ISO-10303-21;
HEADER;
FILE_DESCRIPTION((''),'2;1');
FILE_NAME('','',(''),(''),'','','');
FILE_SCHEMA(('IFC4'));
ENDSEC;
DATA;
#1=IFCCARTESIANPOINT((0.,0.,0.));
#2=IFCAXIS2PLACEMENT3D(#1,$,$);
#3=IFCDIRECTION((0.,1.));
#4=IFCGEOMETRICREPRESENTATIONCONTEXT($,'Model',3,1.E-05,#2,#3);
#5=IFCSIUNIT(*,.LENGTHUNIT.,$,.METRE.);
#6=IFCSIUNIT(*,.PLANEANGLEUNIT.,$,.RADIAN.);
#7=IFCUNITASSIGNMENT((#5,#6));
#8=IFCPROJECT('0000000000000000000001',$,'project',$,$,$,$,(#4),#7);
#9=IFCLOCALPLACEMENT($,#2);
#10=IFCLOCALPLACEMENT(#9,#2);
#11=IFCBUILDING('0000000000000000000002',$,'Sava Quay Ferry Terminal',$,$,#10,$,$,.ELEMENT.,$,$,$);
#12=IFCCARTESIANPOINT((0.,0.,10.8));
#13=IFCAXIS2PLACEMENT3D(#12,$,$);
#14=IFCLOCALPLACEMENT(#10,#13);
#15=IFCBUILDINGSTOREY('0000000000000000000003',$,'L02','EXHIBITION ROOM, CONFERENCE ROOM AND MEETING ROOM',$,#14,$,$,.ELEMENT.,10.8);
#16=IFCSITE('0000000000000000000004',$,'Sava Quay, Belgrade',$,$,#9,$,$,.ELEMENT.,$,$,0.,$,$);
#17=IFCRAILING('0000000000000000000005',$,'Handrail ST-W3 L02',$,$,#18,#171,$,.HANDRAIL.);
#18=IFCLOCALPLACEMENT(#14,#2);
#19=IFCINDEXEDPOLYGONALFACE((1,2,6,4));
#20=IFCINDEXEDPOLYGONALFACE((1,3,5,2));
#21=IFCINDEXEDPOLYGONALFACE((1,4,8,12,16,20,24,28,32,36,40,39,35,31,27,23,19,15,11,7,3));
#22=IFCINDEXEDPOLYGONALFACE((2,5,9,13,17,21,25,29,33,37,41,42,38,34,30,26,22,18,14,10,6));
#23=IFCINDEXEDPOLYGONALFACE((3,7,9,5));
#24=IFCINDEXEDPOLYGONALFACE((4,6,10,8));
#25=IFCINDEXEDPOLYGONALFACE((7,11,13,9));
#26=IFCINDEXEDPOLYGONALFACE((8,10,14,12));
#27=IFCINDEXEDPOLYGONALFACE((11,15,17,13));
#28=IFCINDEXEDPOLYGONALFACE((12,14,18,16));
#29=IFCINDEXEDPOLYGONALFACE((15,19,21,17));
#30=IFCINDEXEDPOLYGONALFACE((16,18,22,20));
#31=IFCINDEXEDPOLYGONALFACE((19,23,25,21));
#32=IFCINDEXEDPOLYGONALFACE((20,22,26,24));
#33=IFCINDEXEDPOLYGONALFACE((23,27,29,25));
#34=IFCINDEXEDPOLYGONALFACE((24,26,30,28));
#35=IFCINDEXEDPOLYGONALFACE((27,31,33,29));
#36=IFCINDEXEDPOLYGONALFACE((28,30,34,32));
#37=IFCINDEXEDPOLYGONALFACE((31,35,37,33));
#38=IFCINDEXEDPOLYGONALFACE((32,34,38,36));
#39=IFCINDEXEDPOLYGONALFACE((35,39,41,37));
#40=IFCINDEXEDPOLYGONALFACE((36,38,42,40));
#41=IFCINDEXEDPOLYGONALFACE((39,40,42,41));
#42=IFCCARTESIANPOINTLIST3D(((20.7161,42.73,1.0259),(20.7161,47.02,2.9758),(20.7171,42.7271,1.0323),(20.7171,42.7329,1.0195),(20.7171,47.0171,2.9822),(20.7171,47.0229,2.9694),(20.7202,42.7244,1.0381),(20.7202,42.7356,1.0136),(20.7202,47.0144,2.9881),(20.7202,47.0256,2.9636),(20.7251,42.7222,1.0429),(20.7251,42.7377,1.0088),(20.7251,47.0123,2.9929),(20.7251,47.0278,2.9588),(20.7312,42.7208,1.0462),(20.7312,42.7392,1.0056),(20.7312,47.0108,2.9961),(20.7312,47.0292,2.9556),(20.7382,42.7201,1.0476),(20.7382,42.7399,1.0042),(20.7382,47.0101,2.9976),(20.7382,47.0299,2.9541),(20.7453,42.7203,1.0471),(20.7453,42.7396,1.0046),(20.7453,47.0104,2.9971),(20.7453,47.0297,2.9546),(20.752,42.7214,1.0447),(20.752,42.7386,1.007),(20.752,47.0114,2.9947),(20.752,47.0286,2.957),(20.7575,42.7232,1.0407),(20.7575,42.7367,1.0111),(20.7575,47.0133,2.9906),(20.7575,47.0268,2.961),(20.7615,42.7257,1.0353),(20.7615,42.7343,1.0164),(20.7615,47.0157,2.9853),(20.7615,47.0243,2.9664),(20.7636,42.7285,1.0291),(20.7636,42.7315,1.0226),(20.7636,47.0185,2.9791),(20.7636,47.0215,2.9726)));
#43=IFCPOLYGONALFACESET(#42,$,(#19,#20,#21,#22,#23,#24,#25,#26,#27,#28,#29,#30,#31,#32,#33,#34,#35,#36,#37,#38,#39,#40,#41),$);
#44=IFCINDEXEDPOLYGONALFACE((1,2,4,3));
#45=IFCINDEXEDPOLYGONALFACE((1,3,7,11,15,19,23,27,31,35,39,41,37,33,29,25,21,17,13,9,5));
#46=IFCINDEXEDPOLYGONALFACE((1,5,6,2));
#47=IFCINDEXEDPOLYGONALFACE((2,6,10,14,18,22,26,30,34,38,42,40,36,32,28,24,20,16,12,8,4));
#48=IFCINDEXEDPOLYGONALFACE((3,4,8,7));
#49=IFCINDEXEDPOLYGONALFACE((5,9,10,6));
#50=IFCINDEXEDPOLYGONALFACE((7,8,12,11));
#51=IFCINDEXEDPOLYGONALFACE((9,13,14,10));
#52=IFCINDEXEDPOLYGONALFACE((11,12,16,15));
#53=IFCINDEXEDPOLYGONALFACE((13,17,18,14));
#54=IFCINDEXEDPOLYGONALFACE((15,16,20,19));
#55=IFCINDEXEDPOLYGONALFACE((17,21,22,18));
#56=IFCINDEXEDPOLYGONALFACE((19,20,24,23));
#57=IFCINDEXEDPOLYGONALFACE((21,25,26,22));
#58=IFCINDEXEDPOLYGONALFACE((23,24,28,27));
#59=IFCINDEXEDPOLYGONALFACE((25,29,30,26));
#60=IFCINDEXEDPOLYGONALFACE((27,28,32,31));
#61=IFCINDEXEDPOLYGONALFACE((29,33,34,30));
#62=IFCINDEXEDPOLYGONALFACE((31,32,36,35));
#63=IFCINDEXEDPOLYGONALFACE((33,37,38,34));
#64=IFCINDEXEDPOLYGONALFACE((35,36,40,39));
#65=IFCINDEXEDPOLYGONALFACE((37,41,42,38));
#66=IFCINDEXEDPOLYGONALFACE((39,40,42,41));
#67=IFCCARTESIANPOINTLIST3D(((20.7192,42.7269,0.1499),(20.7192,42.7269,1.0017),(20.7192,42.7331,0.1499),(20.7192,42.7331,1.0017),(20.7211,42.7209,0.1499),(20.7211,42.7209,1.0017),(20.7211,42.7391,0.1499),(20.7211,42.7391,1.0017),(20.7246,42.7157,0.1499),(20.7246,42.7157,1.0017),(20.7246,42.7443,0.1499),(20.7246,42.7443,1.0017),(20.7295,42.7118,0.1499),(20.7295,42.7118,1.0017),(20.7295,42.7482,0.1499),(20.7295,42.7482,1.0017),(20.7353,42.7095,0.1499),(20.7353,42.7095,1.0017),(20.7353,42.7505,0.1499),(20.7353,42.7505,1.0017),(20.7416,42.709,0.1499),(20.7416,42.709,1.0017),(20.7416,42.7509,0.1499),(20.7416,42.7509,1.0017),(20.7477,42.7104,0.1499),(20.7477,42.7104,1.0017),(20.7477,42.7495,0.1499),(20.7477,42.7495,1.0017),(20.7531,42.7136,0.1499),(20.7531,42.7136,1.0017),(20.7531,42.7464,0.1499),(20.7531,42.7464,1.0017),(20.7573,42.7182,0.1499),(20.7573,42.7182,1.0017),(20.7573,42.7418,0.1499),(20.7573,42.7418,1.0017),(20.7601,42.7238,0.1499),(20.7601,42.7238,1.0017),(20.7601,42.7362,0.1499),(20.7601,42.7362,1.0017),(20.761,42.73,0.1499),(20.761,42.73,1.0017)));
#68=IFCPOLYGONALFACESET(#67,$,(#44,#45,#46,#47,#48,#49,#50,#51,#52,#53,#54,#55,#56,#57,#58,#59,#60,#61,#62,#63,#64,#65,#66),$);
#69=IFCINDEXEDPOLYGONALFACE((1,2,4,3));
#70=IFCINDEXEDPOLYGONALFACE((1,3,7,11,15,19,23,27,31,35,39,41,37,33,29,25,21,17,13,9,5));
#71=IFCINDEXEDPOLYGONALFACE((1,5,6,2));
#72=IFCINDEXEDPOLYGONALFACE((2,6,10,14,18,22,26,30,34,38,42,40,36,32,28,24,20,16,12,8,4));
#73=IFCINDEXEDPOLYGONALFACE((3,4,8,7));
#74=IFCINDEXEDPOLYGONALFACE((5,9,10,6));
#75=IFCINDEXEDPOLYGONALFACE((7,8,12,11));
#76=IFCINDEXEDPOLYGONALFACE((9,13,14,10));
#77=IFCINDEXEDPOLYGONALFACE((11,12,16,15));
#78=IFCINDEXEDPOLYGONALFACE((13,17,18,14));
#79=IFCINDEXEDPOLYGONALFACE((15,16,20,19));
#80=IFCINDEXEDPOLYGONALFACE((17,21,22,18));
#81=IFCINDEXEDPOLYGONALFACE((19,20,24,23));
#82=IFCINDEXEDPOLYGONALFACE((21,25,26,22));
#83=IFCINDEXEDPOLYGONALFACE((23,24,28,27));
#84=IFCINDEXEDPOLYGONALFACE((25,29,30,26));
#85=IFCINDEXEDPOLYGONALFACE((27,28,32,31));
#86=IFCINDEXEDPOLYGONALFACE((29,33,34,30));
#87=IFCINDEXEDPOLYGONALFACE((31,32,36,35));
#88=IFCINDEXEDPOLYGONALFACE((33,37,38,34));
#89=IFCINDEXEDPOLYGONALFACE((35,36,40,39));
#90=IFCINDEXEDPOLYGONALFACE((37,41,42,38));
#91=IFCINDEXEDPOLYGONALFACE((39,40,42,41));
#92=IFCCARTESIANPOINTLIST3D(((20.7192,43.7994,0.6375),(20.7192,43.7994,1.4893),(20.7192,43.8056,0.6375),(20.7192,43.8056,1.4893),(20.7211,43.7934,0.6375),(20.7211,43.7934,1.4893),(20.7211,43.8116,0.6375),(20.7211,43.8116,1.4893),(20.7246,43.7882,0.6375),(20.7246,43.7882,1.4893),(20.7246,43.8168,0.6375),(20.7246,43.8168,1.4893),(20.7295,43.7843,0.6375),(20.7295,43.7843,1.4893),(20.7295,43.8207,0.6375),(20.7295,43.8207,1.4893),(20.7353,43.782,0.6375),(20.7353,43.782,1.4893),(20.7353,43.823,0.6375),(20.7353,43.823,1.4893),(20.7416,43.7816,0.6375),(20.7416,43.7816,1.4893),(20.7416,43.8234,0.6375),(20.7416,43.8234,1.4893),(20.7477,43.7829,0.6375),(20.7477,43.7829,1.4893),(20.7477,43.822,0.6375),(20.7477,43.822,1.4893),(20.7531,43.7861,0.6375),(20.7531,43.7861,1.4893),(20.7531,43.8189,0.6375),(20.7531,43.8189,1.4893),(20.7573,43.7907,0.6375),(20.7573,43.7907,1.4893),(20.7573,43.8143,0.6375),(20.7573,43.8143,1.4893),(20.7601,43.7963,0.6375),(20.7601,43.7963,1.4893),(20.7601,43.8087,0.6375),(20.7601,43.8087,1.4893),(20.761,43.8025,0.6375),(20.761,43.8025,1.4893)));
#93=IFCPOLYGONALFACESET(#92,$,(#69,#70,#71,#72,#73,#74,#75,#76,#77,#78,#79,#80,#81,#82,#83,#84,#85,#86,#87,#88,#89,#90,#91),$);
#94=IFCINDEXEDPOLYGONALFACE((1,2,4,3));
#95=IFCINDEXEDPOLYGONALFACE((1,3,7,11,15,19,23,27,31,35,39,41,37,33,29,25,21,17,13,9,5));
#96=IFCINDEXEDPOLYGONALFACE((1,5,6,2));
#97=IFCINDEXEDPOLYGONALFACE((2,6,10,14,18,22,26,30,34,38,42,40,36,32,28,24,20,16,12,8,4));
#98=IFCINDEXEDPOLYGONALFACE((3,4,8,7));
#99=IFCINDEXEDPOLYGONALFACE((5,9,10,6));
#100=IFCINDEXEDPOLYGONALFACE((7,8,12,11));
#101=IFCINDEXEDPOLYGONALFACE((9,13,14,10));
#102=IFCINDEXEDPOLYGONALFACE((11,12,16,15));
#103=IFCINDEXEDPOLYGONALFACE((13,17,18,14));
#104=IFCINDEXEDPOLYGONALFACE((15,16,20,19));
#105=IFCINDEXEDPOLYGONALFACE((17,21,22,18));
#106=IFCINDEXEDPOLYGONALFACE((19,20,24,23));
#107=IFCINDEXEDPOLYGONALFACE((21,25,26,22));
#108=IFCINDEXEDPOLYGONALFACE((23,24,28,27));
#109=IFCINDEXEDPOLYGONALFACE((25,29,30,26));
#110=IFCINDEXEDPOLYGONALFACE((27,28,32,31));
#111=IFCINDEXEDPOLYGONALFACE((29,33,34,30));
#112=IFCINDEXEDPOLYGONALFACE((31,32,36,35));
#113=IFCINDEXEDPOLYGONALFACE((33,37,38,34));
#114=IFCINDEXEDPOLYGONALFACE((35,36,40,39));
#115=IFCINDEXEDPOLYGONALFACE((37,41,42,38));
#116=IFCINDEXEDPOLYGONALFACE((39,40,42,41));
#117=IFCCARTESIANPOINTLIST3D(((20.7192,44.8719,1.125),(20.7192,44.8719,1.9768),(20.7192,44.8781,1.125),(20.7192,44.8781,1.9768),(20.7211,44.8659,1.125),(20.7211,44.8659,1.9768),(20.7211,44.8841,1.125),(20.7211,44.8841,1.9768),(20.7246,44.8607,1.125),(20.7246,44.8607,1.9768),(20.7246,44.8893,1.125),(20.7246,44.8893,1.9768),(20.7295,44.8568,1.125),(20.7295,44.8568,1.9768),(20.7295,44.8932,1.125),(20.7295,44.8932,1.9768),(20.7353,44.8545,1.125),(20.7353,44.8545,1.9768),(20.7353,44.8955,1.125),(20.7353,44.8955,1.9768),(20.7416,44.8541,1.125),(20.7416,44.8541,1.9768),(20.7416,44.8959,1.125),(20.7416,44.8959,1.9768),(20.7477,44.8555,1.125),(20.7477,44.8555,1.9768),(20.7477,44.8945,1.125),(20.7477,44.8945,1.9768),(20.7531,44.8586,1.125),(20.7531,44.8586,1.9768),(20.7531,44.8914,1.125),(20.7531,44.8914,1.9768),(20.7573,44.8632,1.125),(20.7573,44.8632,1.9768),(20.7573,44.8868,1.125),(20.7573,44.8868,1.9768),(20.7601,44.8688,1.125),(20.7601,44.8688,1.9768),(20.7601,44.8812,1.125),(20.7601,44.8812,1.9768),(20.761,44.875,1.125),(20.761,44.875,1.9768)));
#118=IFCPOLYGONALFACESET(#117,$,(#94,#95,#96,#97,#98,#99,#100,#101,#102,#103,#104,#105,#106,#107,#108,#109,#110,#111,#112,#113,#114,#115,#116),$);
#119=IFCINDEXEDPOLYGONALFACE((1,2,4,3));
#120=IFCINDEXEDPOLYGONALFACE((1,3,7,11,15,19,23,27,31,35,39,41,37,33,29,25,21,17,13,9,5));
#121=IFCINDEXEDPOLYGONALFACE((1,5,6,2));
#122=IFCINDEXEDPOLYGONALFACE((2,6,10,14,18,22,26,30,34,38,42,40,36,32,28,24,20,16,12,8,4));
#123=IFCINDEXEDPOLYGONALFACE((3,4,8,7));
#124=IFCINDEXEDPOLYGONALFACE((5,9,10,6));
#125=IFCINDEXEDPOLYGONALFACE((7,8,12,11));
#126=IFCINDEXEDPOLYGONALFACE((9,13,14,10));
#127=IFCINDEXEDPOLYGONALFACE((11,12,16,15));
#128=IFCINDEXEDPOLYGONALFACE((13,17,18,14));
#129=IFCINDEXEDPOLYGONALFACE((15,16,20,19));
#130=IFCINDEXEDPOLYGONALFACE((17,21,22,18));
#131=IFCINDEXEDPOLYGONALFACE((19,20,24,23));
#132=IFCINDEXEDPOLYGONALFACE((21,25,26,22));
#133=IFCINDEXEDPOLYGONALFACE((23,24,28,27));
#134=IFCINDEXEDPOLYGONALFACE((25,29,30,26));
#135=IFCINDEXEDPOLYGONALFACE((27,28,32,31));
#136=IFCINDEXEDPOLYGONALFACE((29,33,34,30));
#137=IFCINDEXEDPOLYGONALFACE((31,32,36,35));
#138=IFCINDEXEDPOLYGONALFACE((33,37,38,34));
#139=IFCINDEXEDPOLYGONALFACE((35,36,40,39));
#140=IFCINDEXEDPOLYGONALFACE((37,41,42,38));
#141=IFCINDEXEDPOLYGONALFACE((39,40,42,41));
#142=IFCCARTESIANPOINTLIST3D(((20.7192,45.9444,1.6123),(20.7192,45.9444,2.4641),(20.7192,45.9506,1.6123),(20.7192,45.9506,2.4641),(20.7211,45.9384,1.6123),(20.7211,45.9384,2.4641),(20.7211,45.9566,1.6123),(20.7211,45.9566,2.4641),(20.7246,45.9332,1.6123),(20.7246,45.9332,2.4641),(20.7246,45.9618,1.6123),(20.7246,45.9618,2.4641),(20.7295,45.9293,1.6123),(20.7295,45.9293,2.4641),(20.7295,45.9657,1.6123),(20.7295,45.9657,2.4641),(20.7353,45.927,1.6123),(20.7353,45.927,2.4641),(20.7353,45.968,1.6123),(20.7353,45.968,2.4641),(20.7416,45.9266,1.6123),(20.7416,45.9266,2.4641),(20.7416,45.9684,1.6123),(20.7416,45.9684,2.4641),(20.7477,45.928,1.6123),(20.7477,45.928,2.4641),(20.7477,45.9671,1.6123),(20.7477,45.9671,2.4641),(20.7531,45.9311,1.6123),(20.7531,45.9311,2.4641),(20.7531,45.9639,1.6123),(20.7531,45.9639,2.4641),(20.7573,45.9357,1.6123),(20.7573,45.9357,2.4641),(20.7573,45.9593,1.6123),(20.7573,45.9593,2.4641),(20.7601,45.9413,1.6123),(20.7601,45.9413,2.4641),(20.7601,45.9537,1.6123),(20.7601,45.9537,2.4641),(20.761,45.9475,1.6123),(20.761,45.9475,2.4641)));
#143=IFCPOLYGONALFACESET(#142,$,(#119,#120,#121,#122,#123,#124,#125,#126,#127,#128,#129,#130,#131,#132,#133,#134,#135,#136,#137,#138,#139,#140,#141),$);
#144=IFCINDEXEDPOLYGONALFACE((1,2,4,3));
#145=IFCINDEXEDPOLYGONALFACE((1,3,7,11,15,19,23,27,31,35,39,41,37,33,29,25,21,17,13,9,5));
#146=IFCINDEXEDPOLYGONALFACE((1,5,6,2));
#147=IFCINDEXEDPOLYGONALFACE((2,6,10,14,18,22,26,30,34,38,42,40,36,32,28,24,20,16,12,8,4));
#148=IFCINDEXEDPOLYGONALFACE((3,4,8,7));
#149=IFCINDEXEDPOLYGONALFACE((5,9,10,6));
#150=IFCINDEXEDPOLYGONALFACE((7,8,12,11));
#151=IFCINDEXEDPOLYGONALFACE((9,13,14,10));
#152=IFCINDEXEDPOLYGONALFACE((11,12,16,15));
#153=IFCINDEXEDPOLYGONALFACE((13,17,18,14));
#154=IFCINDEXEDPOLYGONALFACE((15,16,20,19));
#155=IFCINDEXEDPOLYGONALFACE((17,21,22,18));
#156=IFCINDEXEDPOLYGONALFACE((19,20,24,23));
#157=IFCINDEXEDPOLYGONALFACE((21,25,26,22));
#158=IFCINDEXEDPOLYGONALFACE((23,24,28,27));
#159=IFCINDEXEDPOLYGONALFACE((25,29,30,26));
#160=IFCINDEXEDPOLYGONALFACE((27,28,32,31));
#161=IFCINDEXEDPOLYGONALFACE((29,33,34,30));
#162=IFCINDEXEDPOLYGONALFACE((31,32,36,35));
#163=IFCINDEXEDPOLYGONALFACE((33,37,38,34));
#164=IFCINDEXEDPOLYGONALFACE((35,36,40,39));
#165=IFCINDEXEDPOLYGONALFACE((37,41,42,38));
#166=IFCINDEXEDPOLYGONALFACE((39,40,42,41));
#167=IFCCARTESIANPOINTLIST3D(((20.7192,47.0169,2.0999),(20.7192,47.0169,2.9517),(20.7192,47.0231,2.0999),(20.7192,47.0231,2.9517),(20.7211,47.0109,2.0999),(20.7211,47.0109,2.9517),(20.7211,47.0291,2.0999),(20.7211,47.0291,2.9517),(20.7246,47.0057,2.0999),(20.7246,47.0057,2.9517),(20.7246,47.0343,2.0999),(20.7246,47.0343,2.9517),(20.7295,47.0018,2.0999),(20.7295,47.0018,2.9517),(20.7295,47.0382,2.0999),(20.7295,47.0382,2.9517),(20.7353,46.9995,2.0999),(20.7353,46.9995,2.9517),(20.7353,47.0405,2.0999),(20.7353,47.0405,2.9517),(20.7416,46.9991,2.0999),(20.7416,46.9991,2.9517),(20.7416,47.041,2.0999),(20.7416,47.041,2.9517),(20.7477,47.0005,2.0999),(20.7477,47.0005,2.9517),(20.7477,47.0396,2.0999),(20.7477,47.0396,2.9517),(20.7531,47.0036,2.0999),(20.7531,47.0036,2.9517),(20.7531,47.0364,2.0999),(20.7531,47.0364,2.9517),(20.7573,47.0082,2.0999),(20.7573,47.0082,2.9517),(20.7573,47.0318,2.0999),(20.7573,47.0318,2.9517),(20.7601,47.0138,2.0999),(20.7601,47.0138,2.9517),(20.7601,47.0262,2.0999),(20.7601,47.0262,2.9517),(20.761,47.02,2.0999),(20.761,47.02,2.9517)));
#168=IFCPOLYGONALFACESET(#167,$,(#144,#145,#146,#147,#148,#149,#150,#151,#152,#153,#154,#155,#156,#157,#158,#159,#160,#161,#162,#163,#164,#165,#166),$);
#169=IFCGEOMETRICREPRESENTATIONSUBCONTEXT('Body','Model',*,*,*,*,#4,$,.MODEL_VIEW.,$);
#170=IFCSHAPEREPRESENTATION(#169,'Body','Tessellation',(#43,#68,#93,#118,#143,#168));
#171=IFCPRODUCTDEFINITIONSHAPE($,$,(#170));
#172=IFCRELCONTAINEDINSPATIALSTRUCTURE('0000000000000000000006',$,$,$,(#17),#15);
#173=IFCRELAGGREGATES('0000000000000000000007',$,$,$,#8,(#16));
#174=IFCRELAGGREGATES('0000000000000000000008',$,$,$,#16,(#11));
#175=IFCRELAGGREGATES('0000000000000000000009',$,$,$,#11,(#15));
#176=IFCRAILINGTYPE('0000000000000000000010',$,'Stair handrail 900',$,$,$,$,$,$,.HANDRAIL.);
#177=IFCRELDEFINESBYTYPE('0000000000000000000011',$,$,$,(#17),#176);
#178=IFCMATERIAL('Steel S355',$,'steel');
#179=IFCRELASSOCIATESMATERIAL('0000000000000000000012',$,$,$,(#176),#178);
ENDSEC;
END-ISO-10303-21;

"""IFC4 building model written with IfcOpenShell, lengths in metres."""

from ifc_helpers import new_model, si_unit, direction, frame, origin, origin_2d, place, context, subcontext, project, spatial, circle, extrude, material, type_object, element, save


model = new_model("IFC4")

# Units and contexts
model_context = context("Model", 3, precision=1e-05, world=origin(), true_north=direction((0.0, 1.0)))
body_context = subcontext(model_context, "Body", "Model", "MODEL_VIEW")
ifc_project = project(units=[si_unit("LENGTHUNIT", "METRE"), si_unit("PLANEANGLEUNIT", "RADIAN")], contexts=[model_context])

# Site, building, storey
site_placement = place(None, origin())
site = spatial("IfcSite", under=ifc_project, at=site_placement, Name="Sava Quay, Belgrade", CompositionType="ELEMENT", RefElevation=0.0)
building_placement = place(site_placement, origin())
building = spatial("IfcBuilding", under=site, at=building_placement, Name="Sava Quay Ferry Terminal", CompositionType="ELEMENT")
storey_placement = place(building_placement, frame((0.0, 0.0, 10.8)))
storey = spatial("IfcBuildingStorey", under=building, at=storey_placement, Name="L02", Description="EXHIBITION ROOM, CONFERENCE ROOM AND MEETING ROOM", CompositionType="ELEMENT", Elevation=10.8)

# Railing
ifc_material_1 = material(Name="Steel S355", Category="steel")
railing_type_1 = type_object("IfcRailingType", Name="Stair handrail 900", PredefinedType="HANDRAIL", material=ifc_material_1)
railing_1_placement = place(storey_placement, frame((20.74, 42.73, 0.1499)))
element("IfcRailing", 1, at=railing_1_placement, inside=storey, type_object=railing_type_1, Name="Handrail ST-W3 L02", PredefinedType="HANDRAIL", context=body_context, shape_type="SweptSolid", body=[
    extrude(circle(Radius=0.0239, at=origin_2d()), frame((0.0, 0.0, 0.876), z_axis=(0.0, 0.910372, 0.413791), x_axis=(-1.0, 0.0, 0.0)), (0.0, 0.0, 1.0), 4.7124),
    extrude(circle(Radius=0.021, at=origin_2d()), origin(), (0.0, 0.0, 1.0), 0.8518),
    extrude(circle(Radius=0.021, at=origin_2d()), frame((0.0, 1.0725, 0.4875)), (0.0, 0.0, 1.0), 0.8518),
    extrude(circle(Radius=0.021, at=origin_2d()), frame((0.0, 2.145, 0.9751)), (0.0, 0.0, 1.0), 0.8518),
    extrude(circle(Radius=0.021, at=origin_2d()), frame((0.0, 3.2175, 1.4624)), (0.0, 0.0, 1.0), 0.8518),
    extrude(circle(Radius=0.021, at=origin_2d()), frame((0.0, 4.29, 1.95)), (0.0, 0.0, 1.0), 0.8518),
])

save(model, "model.ifc")
